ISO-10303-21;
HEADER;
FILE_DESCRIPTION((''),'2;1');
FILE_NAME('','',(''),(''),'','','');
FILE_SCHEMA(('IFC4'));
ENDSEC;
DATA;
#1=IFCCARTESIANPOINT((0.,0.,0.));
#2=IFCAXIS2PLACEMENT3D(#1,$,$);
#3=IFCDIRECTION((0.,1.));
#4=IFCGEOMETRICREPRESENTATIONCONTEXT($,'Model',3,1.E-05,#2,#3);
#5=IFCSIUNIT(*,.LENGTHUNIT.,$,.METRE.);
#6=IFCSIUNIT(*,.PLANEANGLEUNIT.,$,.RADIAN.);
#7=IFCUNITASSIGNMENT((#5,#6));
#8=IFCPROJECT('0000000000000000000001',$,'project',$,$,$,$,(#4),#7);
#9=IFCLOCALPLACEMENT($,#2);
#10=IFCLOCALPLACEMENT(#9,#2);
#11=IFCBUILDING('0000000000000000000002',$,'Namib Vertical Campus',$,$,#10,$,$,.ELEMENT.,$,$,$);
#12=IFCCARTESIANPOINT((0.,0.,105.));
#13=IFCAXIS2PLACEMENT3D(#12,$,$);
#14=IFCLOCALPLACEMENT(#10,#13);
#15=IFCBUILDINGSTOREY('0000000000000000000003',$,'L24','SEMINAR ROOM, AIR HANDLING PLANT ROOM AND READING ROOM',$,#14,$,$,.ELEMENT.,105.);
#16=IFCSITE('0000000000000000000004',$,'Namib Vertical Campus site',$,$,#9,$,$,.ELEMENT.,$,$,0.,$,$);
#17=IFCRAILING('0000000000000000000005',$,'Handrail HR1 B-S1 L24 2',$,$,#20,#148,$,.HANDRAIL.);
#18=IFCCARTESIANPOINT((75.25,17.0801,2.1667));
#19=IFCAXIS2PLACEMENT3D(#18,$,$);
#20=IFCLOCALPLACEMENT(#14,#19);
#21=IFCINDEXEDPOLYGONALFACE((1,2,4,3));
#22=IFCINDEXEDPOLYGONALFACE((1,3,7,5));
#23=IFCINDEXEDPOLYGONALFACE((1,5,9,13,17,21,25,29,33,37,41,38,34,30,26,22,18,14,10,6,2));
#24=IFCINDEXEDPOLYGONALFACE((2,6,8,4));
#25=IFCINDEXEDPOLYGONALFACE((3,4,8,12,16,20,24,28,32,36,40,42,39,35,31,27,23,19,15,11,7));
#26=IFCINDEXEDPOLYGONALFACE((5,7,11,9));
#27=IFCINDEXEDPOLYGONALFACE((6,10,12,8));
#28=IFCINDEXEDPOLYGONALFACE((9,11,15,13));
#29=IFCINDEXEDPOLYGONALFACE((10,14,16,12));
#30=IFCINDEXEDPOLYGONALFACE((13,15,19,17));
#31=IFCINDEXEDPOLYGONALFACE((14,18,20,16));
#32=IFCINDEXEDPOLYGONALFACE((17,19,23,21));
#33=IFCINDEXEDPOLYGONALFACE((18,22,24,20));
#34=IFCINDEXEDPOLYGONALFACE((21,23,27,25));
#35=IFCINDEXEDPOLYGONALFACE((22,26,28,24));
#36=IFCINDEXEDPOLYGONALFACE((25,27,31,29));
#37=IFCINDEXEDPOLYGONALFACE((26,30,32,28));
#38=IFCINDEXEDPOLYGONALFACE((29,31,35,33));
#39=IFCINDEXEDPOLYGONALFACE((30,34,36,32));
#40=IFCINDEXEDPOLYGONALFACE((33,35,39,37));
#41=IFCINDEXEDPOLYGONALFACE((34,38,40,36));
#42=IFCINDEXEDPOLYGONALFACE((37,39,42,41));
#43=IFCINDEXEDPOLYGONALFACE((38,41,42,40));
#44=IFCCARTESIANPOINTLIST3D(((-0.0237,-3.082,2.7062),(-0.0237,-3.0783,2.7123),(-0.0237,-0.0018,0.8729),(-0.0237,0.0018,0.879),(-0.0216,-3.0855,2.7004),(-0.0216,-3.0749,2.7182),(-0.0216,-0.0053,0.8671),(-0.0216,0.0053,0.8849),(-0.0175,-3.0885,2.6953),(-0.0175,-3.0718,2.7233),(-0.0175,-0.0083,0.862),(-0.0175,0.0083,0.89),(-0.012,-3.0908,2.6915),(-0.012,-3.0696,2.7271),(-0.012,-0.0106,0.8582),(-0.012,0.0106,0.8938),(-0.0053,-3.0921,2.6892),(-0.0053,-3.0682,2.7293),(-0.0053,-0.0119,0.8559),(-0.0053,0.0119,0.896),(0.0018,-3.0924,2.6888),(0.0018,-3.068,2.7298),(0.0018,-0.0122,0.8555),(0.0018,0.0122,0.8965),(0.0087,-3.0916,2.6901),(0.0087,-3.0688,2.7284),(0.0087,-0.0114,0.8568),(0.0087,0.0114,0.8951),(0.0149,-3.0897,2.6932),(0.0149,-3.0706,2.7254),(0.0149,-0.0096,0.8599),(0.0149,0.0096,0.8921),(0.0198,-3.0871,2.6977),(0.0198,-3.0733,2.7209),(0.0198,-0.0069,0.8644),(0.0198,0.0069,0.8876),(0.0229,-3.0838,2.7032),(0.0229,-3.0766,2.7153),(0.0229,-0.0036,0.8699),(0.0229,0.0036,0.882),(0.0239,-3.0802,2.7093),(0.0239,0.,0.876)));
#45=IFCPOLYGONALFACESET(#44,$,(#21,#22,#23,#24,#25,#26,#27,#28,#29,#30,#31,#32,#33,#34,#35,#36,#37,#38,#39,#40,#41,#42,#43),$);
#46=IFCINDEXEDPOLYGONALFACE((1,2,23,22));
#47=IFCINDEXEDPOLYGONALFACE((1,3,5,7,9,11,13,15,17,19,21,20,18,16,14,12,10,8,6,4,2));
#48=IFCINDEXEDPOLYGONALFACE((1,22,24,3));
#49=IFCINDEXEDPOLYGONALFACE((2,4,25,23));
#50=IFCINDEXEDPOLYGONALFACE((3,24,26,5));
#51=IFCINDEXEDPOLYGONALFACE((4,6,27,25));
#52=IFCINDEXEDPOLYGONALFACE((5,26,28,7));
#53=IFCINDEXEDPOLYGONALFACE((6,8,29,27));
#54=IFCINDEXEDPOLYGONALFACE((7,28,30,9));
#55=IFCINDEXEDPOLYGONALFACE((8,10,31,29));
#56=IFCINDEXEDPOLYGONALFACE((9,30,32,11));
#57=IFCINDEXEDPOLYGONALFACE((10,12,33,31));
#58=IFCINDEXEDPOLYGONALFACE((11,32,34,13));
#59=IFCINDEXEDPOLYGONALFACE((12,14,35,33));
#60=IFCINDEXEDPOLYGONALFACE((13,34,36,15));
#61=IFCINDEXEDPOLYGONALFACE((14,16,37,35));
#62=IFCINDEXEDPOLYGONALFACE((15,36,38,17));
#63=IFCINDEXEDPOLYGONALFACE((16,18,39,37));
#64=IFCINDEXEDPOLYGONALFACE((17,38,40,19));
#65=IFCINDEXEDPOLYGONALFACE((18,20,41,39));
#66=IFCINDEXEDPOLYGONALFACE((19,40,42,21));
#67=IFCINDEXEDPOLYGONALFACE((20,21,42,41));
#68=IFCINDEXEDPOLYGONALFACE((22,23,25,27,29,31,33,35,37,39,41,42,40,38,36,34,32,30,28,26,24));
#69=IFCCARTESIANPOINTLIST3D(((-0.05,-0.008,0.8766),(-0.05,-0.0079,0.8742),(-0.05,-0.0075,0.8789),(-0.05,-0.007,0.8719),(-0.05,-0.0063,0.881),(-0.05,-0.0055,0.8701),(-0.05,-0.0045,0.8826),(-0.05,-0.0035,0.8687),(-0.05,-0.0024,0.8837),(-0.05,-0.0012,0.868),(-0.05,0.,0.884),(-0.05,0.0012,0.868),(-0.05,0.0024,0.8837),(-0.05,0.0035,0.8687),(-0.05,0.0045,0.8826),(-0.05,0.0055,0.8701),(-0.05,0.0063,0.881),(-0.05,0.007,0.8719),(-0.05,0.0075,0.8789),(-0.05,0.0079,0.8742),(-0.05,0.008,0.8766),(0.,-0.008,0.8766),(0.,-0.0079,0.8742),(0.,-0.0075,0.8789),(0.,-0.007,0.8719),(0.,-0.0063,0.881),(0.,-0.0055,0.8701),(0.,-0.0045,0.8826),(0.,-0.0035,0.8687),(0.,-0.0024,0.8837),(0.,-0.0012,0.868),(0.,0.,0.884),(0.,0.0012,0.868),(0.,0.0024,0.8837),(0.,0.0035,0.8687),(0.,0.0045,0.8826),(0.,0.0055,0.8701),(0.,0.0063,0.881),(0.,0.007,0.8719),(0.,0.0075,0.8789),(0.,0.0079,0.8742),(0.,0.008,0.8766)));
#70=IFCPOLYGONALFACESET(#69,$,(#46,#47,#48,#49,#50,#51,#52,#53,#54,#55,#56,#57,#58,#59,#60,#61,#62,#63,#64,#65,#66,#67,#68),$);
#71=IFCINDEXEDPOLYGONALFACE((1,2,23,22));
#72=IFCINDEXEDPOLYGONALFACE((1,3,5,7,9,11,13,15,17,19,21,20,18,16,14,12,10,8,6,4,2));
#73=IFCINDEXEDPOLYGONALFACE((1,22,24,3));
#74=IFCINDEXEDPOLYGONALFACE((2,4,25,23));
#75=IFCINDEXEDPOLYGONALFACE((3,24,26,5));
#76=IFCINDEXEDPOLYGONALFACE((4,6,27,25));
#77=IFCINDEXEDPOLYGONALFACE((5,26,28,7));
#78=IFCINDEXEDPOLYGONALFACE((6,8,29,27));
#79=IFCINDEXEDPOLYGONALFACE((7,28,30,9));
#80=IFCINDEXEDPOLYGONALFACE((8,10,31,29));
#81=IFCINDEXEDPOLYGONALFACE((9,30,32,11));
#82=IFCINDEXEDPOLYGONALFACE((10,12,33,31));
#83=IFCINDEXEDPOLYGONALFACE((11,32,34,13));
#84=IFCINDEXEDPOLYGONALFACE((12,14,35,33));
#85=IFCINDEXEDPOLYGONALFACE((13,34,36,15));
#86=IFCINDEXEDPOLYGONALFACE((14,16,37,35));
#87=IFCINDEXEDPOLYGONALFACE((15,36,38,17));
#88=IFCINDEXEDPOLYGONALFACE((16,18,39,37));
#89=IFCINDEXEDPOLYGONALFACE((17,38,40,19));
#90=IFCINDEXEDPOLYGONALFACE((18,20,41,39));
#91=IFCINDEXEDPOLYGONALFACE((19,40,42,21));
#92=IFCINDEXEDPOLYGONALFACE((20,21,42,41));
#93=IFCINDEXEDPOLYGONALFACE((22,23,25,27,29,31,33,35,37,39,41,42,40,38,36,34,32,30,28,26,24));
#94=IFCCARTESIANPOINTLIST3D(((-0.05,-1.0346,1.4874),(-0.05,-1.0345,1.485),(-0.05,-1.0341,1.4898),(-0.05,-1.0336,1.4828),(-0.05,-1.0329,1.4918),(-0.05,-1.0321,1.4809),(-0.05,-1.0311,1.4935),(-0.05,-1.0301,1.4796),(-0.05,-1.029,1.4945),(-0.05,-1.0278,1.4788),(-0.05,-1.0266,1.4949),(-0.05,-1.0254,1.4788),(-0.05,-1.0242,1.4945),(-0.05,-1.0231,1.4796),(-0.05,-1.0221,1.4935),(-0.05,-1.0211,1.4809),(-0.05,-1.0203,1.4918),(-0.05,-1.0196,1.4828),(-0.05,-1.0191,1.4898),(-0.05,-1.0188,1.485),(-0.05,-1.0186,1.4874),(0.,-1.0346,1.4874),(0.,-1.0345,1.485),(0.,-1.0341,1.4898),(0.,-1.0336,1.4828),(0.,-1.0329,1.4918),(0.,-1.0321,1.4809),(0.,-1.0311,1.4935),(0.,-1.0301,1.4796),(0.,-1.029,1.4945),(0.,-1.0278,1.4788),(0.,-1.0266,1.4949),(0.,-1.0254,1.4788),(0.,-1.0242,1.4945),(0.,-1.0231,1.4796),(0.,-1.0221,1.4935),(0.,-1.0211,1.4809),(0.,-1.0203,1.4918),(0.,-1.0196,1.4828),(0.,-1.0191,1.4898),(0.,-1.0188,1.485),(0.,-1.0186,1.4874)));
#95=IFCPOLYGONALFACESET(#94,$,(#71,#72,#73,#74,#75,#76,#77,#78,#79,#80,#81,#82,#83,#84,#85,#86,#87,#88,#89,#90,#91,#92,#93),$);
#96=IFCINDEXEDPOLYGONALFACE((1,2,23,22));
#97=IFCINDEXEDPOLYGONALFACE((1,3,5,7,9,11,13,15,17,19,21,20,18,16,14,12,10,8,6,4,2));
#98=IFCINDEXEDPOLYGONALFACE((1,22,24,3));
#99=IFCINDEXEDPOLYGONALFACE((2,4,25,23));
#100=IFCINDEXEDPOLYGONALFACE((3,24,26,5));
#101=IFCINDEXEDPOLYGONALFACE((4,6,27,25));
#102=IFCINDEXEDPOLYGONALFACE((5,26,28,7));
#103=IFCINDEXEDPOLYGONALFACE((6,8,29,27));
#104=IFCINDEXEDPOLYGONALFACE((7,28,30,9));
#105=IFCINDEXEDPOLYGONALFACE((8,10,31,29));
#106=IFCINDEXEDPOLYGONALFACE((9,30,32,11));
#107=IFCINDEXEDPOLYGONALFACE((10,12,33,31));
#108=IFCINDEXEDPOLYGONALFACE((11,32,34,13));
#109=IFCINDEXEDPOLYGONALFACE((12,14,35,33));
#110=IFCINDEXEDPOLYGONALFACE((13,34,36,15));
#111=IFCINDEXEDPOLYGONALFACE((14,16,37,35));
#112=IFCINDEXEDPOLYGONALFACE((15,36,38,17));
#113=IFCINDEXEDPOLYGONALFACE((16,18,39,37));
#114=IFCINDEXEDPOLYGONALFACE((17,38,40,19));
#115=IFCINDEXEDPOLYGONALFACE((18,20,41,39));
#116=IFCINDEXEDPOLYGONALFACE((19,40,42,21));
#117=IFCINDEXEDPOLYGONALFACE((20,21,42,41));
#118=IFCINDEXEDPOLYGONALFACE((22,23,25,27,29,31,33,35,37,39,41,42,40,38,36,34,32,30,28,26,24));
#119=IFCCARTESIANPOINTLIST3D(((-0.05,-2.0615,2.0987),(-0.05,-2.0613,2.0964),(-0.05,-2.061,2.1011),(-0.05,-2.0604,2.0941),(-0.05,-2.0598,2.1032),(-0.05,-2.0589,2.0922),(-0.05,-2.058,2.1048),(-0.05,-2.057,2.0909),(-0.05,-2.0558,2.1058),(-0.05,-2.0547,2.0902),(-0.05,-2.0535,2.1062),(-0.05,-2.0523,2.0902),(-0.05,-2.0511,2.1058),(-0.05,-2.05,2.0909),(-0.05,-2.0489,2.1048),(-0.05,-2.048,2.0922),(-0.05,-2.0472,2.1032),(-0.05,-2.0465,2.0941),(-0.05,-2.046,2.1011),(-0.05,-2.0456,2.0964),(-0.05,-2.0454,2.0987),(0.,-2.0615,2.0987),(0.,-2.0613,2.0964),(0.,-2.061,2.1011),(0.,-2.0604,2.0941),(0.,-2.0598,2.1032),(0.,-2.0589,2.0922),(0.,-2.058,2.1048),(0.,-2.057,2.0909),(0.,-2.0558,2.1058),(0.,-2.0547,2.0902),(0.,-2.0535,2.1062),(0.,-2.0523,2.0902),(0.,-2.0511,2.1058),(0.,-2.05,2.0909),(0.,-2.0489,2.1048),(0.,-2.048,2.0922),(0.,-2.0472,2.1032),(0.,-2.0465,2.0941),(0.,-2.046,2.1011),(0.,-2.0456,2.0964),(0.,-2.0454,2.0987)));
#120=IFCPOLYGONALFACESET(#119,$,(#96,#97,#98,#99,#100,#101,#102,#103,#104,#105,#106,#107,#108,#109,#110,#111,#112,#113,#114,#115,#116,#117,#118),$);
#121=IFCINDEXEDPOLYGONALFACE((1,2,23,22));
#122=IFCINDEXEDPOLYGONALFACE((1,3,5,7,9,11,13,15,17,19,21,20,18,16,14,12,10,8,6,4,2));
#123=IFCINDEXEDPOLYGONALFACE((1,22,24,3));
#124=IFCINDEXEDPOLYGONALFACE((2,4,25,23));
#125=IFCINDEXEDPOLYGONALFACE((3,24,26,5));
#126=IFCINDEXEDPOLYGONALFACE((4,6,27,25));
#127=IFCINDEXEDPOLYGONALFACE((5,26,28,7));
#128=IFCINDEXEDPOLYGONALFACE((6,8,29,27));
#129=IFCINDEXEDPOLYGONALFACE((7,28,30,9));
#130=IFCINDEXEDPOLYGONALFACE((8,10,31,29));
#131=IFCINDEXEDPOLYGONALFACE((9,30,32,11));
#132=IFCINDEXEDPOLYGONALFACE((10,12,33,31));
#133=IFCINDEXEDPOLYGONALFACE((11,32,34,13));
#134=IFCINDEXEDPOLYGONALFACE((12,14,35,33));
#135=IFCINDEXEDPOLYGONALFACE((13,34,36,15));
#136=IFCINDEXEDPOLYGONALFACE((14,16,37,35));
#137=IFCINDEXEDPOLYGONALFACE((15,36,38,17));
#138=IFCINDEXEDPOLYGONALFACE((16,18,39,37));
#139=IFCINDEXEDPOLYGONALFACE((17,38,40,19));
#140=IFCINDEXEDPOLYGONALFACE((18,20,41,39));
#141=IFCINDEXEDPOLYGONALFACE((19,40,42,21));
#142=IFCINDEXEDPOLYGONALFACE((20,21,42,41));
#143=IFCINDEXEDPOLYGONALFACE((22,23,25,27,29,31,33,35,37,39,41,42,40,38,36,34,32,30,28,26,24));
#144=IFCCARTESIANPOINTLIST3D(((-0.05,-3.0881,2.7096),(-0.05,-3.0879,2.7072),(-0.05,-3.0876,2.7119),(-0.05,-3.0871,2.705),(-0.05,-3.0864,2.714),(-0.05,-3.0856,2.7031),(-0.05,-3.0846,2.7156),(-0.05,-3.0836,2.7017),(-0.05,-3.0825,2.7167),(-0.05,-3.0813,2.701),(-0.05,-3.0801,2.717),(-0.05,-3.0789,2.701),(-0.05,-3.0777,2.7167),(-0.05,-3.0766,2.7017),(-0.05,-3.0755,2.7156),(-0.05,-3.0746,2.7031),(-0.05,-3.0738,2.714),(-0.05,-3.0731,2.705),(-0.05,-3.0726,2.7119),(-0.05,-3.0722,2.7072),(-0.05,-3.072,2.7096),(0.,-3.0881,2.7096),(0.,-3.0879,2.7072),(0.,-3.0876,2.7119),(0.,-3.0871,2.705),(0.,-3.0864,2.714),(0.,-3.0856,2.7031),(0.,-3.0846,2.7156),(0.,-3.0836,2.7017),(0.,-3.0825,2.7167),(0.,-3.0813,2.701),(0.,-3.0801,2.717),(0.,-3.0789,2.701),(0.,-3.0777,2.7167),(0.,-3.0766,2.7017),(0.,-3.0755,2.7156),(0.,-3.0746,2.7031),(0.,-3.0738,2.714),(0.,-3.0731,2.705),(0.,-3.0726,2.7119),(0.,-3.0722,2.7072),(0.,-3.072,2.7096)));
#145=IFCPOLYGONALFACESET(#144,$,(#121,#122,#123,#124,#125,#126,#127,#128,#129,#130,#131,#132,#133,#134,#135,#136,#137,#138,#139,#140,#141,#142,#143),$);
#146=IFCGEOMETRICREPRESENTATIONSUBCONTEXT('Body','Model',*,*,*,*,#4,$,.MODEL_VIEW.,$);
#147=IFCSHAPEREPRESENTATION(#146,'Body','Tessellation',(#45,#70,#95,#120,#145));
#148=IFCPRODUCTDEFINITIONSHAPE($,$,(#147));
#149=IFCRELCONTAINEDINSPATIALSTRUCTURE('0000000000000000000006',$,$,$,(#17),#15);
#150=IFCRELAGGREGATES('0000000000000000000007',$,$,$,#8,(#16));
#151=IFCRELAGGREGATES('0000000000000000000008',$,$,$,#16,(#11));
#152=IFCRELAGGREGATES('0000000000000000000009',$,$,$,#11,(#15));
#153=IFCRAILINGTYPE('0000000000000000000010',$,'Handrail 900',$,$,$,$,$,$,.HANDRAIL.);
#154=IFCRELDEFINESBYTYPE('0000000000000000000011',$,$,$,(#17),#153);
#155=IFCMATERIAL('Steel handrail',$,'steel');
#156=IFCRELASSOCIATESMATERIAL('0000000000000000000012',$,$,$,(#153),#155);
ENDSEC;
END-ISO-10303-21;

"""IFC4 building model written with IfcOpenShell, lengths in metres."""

from ifc_helpers import new_model, si_unit, direction, frame, origin, origin_2d, place, context, subcontext, project, spatial, circle, extrude, material, type_object, element, save


model = new_model("IFC4")

# Units and contexts
model_context = context("Model", 3, precision=1e-05, world=origin(), true_north=direction((0.0, 1.0)))
body_context = subcontext(model_context, "Body", "Model", "MODEL_VIEW")
ifc_project = project(units=[si_unit("LENGTHUNIT", "METRE"), si_unit("PLANEANGLEUNIT", "RADIAN")], contexts=[model_context])

# Site, building, storey
site_placement = place(None, origin())
site = spatial("IfcSite", under=ifc_project, at=site_placement, Name="Namib Vertical Campus site", CompositionType="ELEMENT", RefElevation=0.0)
building_placement = place(site_placement, origin())
building = spatial("IfcBuilding", under=site, at=building_placement, Name="Namib Vertical Campus", CompositionType="ELEMENT")
storey_placement = place(building_placement, frame((0.0, 0.0, 105.0)))
storey = spatial("IfcBuildingStorey", under=building, at=storey_placement, Name="L24", Description="SEMINAR ROOM, AIR HANDLING PLANT ROOM AND READING ROOM", CompositionType="ELEMENT", Elevation=105.0)

# Railing
ifc_material_1 = material(Name="Steel handrail", Category="steel")
railing_type_1 = type_object("IfcRailingType", Name="Handrail 900", PredefinedType="HANDRAIL", material=ifc_material_1)
railing_1_placement = place(storey_placement, frame((75.25, 17.0801, 2.1667)))
element("IfcRailing", 1, at=railing_1_placement, inside=storey, type_object=railing_type_1, Name="Handrail HR1 B-S1 L24 2", PredefinedType="HANDRAIL", context=body_context, shape_type="SweptSolid", body=[
    extrude(circle(Radius=0.0239, at=origin_2d()), frame((0.0, 0.0, 0.876), z_axis=(0.0, -0.859309, 0.511458), x_axis=(1.0, 0.0, 0.0)), (0.0, 0.0, 1.0), 3.5845),
    extrude(circle(Radius=0.0081, at=origin_2d()), frame((0.0, 0.0, 0.876), z_axis=(-1.0, 0.0, 0.0), x_axis=(0.0, 0.0, 1.0)), (0.0, 0.0, 1.0), 0.05),
    extrude(circle(Radius=0.0081, at=origin_2d()), frame((0.0, -1.0266, 1.4868), z_axis=(-1.0, 0.0, 0.0), x_axis=(0.0, 0.0, 1.0)), (0.0, 0.0, 1.0), 0.05),
    extrude(circle(Radius=0.0081, at=origin_2d()), frame((0.0, -2.0535, 2.0981), z_axis=(-1.0, 0.0, 0.0), x_axis=(0.0, 0.0, 1.0)), (0.0, 0.0, 1.0), 0.05),
    extrude(circle(Radius=0.0081, at=origin_2d()), frame((0.0, -3.0801, 2.709), z_axis=(-1.0, 0.0, 0.0), x_axis=(0.0, 0.0, 1.0)), (0.0, 0.0, 1.0), 0.05),
])

save(model, "model.ifc")
